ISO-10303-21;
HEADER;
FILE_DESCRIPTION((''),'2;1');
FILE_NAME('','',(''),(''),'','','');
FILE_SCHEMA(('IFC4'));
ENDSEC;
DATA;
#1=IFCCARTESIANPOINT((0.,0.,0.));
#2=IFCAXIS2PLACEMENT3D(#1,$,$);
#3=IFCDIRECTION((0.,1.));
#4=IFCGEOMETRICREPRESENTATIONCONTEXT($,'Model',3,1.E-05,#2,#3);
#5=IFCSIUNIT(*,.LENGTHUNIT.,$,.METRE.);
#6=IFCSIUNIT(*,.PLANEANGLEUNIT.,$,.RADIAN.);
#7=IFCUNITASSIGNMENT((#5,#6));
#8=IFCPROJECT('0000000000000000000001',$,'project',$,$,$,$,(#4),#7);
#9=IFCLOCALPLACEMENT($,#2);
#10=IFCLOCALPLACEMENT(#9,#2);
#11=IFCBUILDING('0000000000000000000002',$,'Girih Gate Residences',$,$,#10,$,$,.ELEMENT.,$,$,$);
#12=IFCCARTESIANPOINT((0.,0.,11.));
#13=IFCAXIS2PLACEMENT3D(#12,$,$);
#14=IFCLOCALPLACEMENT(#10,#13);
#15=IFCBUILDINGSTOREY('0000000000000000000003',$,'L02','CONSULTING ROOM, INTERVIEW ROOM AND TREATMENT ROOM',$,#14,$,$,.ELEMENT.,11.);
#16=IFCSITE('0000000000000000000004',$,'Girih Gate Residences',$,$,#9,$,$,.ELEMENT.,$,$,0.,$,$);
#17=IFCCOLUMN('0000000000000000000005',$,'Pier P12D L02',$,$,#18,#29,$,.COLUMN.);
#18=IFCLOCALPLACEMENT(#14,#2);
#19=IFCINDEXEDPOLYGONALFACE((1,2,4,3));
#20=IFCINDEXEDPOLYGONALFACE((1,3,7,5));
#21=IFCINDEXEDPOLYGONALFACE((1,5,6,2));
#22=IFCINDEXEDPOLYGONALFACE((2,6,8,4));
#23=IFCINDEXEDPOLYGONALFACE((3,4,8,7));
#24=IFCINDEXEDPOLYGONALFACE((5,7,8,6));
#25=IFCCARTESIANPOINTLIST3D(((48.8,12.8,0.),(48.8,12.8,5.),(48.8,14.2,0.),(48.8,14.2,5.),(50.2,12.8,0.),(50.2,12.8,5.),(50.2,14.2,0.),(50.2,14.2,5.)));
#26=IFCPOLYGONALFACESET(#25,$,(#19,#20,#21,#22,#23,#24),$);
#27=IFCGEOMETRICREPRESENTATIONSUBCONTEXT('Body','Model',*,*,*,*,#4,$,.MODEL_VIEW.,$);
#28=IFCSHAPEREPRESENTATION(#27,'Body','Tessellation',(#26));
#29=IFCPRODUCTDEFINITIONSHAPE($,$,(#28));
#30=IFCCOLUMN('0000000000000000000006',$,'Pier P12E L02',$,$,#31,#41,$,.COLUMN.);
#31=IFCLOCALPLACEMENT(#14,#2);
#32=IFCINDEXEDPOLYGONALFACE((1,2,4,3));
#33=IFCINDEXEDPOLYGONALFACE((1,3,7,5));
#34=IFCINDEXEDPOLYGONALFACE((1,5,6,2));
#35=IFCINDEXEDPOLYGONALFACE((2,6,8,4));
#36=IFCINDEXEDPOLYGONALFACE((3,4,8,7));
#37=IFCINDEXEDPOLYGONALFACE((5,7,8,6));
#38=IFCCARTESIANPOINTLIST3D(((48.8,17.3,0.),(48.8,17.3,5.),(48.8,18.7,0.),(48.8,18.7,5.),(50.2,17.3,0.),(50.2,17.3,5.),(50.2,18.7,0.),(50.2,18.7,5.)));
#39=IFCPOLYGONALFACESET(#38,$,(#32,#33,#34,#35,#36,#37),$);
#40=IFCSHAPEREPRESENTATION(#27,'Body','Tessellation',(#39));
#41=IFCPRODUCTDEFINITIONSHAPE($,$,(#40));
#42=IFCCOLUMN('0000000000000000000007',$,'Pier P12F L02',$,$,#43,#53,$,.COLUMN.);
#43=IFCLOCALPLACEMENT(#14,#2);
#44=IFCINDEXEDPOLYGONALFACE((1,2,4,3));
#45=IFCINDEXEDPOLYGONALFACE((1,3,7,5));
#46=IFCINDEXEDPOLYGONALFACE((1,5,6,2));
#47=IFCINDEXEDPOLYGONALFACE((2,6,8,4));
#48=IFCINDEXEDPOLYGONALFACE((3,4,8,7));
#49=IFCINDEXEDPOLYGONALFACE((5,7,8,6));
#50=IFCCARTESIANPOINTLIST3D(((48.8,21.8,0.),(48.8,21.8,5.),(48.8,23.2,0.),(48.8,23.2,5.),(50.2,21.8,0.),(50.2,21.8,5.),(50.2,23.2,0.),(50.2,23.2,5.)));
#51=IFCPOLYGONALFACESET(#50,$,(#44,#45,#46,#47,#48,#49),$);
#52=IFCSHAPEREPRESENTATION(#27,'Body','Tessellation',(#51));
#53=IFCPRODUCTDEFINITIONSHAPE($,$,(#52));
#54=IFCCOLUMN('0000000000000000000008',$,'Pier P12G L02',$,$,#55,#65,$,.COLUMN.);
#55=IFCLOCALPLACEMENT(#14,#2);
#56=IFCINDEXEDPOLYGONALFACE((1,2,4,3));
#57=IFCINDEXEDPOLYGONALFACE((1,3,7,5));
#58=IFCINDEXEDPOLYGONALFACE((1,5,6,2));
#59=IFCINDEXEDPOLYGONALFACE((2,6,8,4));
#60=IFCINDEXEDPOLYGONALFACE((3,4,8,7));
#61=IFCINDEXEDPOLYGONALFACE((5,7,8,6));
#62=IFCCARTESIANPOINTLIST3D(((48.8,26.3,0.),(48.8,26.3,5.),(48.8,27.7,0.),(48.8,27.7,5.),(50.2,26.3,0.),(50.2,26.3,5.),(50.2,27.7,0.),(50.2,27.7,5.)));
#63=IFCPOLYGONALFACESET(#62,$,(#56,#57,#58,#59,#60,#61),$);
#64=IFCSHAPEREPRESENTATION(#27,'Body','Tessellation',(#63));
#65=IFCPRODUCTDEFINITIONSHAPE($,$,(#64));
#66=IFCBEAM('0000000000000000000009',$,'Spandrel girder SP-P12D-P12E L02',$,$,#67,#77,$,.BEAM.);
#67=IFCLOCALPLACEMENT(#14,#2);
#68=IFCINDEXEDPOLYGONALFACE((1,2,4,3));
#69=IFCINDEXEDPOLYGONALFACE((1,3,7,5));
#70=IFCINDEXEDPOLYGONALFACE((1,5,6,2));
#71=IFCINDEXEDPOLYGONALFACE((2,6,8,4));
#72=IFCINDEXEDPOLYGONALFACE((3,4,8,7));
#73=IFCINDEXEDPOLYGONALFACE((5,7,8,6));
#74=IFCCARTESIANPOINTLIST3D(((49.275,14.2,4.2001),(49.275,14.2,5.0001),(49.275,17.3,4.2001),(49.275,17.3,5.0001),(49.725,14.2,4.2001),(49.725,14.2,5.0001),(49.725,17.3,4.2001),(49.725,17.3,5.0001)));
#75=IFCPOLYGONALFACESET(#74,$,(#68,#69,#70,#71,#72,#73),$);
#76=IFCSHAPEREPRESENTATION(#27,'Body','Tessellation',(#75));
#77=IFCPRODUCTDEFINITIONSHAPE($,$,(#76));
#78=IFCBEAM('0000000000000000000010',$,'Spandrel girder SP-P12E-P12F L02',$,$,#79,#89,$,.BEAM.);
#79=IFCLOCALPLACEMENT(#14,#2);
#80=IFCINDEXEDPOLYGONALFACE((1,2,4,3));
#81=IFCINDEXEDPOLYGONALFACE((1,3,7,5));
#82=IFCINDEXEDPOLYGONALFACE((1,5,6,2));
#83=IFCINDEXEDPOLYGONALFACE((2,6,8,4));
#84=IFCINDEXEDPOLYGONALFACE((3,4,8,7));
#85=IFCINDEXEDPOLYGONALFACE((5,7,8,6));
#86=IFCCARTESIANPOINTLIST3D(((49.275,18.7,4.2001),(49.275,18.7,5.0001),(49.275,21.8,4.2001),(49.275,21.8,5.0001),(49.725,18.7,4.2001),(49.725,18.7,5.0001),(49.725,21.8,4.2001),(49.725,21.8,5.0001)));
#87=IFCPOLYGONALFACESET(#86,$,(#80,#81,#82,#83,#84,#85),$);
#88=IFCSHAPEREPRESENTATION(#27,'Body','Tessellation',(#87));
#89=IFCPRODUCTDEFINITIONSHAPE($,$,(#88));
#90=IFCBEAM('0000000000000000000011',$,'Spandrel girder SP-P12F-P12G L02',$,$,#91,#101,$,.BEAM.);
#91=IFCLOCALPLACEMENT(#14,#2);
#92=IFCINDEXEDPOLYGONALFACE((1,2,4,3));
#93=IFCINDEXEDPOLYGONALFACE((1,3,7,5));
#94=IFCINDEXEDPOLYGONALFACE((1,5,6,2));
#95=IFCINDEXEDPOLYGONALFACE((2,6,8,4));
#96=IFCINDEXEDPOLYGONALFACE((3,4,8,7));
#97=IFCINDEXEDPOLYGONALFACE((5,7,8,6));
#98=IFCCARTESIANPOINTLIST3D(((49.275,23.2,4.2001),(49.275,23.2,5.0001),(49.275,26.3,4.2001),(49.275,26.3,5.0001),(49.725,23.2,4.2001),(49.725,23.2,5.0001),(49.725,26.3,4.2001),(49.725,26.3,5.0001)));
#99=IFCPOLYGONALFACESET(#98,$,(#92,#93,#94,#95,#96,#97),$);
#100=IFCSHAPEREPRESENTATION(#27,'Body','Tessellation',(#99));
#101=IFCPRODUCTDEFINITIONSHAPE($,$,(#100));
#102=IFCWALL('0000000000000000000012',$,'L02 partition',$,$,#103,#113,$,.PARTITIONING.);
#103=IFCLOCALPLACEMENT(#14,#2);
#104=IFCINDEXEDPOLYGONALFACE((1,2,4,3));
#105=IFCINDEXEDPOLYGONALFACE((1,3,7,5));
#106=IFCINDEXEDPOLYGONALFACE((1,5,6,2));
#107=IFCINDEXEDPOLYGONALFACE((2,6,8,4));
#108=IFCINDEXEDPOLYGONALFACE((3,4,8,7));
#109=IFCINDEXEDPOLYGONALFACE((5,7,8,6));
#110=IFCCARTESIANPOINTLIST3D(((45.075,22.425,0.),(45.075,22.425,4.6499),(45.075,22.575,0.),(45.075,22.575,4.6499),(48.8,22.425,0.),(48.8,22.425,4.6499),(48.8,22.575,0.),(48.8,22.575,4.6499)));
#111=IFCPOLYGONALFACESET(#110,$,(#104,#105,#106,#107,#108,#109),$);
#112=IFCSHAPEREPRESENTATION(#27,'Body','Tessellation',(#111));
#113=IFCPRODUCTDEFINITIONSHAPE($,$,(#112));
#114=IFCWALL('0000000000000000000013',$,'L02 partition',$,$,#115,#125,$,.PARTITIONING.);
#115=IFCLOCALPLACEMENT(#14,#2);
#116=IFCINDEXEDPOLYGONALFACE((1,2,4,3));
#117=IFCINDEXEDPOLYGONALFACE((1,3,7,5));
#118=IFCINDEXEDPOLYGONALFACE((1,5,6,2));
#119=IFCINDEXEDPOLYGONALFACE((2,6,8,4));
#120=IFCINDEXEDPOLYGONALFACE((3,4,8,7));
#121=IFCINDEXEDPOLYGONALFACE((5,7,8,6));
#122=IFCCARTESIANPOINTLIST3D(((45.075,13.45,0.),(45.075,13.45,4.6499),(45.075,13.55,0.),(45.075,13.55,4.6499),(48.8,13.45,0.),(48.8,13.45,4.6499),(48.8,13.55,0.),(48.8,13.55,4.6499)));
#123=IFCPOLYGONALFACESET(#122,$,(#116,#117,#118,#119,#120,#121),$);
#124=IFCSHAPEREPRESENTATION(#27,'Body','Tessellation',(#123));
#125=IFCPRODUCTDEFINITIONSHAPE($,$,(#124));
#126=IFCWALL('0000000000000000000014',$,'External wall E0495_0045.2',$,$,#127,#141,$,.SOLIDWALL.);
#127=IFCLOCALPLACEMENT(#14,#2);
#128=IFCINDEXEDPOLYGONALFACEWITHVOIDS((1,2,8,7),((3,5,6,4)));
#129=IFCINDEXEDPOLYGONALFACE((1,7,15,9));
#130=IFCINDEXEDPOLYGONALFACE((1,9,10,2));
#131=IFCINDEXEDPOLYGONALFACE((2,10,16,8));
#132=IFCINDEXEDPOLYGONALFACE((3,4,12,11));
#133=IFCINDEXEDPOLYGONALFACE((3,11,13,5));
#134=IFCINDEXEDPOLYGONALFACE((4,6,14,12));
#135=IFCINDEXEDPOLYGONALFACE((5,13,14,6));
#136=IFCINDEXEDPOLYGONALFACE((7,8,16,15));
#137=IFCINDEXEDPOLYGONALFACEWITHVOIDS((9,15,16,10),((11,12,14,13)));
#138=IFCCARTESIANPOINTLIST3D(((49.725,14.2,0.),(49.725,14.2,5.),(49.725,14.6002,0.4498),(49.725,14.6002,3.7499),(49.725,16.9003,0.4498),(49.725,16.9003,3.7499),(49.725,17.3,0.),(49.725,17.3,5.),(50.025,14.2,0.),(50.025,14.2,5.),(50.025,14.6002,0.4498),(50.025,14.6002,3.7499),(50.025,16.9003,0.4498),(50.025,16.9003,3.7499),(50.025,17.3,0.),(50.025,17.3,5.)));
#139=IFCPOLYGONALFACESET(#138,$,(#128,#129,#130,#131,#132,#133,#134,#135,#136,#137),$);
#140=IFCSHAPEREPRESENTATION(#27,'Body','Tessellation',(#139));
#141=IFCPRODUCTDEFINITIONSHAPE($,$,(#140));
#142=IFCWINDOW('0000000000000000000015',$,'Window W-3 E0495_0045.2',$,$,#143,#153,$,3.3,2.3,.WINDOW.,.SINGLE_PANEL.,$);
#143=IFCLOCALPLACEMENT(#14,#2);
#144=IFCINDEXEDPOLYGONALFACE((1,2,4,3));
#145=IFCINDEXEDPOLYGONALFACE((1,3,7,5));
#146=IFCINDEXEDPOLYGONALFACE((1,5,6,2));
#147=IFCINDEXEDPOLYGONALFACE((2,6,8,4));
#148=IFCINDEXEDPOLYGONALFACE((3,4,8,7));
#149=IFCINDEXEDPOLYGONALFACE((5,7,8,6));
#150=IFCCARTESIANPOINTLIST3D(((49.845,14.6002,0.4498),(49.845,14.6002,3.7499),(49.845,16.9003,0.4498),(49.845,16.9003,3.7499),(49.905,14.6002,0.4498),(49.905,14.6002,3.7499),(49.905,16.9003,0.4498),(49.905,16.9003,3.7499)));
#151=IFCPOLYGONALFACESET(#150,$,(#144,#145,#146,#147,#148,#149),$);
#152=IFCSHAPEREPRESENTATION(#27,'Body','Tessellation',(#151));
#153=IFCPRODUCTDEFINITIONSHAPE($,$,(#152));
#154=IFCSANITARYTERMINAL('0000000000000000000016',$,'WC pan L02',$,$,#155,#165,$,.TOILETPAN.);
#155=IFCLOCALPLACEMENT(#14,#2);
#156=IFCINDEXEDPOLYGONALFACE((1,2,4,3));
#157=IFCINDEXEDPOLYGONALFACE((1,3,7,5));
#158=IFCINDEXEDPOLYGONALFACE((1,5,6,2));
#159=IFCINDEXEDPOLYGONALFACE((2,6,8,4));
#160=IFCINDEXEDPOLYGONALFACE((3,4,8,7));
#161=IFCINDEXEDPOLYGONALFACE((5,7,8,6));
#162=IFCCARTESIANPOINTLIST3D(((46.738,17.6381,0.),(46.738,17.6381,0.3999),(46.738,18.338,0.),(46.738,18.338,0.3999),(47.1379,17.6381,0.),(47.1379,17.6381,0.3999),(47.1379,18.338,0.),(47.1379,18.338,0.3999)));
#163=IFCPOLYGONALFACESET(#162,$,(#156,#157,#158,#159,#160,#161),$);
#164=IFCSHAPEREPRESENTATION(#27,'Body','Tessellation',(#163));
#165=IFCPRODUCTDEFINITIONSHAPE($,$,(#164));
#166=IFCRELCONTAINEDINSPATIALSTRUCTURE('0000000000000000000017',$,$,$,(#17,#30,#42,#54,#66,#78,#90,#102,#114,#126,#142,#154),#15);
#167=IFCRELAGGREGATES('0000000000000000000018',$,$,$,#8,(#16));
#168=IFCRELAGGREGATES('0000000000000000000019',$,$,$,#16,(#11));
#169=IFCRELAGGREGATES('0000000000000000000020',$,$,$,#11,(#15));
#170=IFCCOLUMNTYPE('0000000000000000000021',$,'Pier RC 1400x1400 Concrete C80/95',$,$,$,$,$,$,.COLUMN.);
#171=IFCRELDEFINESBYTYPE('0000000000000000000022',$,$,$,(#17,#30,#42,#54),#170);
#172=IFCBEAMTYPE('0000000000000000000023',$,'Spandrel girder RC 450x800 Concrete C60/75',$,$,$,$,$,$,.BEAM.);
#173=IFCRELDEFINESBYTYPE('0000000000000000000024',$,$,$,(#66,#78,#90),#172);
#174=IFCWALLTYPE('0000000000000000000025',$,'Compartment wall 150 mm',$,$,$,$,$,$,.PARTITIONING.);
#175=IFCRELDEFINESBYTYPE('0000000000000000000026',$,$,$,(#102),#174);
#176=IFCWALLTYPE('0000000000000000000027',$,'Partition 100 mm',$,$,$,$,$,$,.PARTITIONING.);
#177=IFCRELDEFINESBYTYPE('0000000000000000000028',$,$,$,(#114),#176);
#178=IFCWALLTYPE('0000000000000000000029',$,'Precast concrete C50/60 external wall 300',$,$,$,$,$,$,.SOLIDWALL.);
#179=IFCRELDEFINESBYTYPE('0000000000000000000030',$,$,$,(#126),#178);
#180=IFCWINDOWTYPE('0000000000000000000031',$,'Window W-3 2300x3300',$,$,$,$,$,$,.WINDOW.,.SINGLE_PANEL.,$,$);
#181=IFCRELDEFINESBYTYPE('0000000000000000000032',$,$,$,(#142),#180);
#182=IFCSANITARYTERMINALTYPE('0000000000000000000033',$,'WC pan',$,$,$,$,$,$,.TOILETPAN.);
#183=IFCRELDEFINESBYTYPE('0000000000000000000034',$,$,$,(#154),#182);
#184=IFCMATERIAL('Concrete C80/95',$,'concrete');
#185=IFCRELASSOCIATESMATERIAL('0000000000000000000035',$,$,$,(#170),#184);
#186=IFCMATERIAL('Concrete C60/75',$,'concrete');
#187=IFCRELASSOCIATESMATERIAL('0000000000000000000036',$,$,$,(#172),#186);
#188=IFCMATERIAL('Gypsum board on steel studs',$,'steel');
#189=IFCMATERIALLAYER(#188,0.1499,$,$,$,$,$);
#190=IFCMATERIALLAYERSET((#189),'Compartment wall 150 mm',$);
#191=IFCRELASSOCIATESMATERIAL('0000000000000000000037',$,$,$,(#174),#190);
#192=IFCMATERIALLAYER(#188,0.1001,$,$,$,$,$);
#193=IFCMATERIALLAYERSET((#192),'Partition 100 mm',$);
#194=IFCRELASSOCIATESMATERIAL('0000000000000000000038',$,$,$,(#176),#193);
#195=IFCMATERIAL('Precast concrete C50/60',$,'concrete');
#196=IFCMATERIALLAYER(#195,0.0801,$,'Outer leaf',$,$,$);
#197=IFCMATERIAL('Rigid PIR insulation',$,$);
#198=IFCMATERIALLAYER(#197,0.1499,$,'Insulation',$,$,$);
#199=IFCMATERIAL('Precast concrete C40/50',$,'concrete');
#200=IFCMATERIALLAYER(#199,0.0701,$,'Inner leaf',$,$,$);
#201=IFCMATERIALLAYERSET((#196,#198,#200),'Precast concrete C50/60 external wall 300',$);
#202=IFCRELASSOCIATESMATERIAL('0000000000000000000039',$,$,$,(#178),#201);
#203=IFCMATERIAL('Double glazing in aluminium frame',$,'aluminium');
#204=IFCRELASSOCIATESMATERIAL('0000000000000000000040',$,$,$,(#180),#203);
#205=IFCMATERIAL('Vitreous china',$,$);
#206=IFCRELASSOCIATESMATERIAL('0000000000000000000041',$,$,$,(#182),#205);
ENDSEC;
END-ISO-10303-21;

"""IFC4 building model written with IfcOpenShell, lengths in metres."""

from ifc_helpers import new_model, si_unit, direction, frame, frame_2d, origin, origin_2d, place, context, subcontext, project, spatial, rectangle, extrude, material, layer, layer_set, material_profile, profile_set, type_object, element, fill, save


model = new_model("IFC4")

# Units and contexts
model_context = context("Model", 3, precision=1e-05, world=origin(), true_north=direction((0.0, 1.0)))
body_context = subcontext(model_context, "Body", "Model", "MODEL_VIEW")
ifc_project = project(units=[si_unit("LENGTHUNIT", "METRE"), si_unit("PLANEANGLEUNIT", "RADIAN")], contexts=[model_context])

# Site, building, storey
site_placement = place(None, origin())
site = spatial("IfcSite", under=ifc_project, at=site_placement, Name="Girih Gate Residences", CompositionType="ELEMENT", RefElevation=0.0)
building_placement = place(site_placement, origin())
building = spatial("IfcBuilding", under=site, at=building_placement, Name="Girih Gate Residences", CompositionType="ELEMENT")
storey_placement = place(building_placement, frame((0.0, 0.0, 11.0)))
storey = spatial("IfcBuildingStorey", under=building, at=storey_placement, Name="L02", Description="CONSULTING ROOM, INTERVIEW ROOM AND TREATMENT ROOM", CompositionType="ELEMENT", Elevation=11.0)

# Columns
ifc_material_1 = material(Name="Concrete C80/95", Category="concrete")
ifc_material_profile_1 = material_profile(ifc_material_1, rectangle(XDim=1.3999, YDim=1.3999, at=origin_2d()))
ifc_profile_set_1 = profile_set([ifc_material_profile_1], Name="Concrete C80/95")
column_type = type_object("IfcColumnType", Name="Pier RC 1400x1400 Concrete C80/95", PredefinedType="COLUMN", material=ifc_profile_set_1)
for number, where, z_axis, x_axis, name in (
    (1, (49.5, 13.5, 0.0), (0.0, 0.0, 1.0), (1.0, 0.0, 0.0), "Pier P12D L02"),
    (2, (49.5, 18.0, 0.0), (0.0, 0.0, 1.0), (1.0, 0.0, 0.0), "Pier P12E L02"),
    (3, (49.5, 22.5, 0.0), (0.0, 0.0, 1.0), (1.0, 0.0, 0.0), "Pier P12F L02"),
    (4, (49.5, 27.0, 0.0), (0.0, 0.0, 1.0), (1.0, 0.0, 0.0), "Pier P12G L02"),
):
    element("IfcColumn", number, at=place(storey_placement, frame(where, z_axis=z_axis, x_axis=x_axis)), inside=storey, type_object=column_type, Name=name, PredefinedType="COLUMN", context=body_context, shape_type="SweptSolid", body=[
        extrude(rectangle(XDim=1.3999, YDim=1.3999, at=origin_2d()), origin(), (0.0, 0.0, 1.0), 5.0),
    ])

# Beams
ifc_material_2 = material(Name="Concrete C60/75", Category="concrete")
ifc_material_profile_2 = material_profile(ifc_material_2, rectangle(XDim=0.45, YDim=0.8, at=origin_2d()))
ifc_profile_set_2 = profile_set([ifc_material_profile_2], Name="Concrete C60/75")
beam_type = type_object("IfcBeamType", Name="Spandrel girder RC 450x800 Concrete C60/75", PredefinedType="BEAM", material=ifc_profile_set_2)
for number, where, z_axis, x_axis, name in (
    (5, (49.5, 14.2, 4.6001), (0.0, 1.0, 0.0), (-1.0, 0.0, 0.0), "Spandrel girder SP-P12D-P12E L02"),
    (6, (49.5, 18.7, 4.6001), (0.0, 1.0, 0.0), (-1.0, 0.0, 0.0), "Spandrel girder SP-P12E-P12F L02"),
    (7, (49.5, 23.2, 4.6001), (0.0, 1.0, 0.0), (-1.0, 0.0, 0.0), "Spandrel girder SP-P12F-P12G L02"),
):
    element("IfcBeam", number, at=place(storey_placement, frame(where, z_axis=z_axis, x_axis=x_axis)), inside=storey, type_object=beam_type, Name=name, PredefinedType="BEAM", context=body_context, shape_type="SweptSolid", body=[
        extrude(rectangle(XDim=0.45, YDim=0.8, at=origin_2d()), origin(), (0.0, 0.0, 1.0), 3.1001),
    ])

# Walls
ifc_material_3 = material(Name="Gypsum board on steel studs", Category="steel")
ifc_layer_1 = layer(ifc_material_3, 0.1499)
ifc_layer_set_1 = layer_set([ifc_layer_1], Name="Compartment wall 150 mm")
wall_type_1 = type_object("IfcWallType", Name="Compartment wall 150 mm", PredefinedType="PARTITIONING", material=ifc_layer_set_1)
wall_1_placement = place(storey_placement, frame((45.075, 22.5, 0.0), z_axis=(0.0, 0.0, 1.0), x_axis=(1.0, 0.0, 0.0)))
element("IfcWall", 8, at=wall_1_placement, inside=storey, type_object=wall_type_1, Name="L02 partition", PredefinedType="PARTITIONING", context=body_context, shape_type="SweptSolid", body=[
    extrude(rectangle(XDim=3.7251, YDim=0.1499, at=frame_2d((1.8625, 0.0))), origin(), (0.0, 0.0, 1.0), 4.6499),
])
ifc_layer_2 = layer(ifc_material_3, 0.1001)
ifc_layer_set_2 = layer_set([ifc_layer_2], Name="Partition 100 mm")
wall_type_2 = type_object("IfcWallType", Name="Partition 100 mm", PredefinedType="PARTITIONING", material=ifc_layer_set_2)
wall_2_placement = place(storey_placement, frame((45.075, 13.5, 0.0), z_axis=(0.0, 0.0, 1.0), x_axis=(1.0, 0.0, 0.0)))
element("IfcWall", 9, at=wall_2_placement, inside=storey, type_object=wall_type_2, Name="L02 partition", PredefinedType="PARTITIONING", context=body_context, shape_type="SweptSolid", body=[
    extrude(rectangle(XDim=3.7251, YDim=0.1001, at=frame_2d((1.8625, 0.0))), origin(), (0.0, 0.0, 1.0), 4.6499),
])

# Wall, opening, window
ifc_material_4 = material(Name="Precast concrete C50/60", Category="concrete")
ifc_layer_3 = layer(ifc_material_4, 0.0801, Name="Outer leaf")
ifc_material_5 = material(Name="Rigid PIR insulation")
ifc_layer_4 = layer(ifc_material_5, 0.1499, Name="Insulation")
ifc_material_6 = material(Name="Precast concrete C40/50", Category="concrete")
ifc_layer_5 = layer(ifc_material_6, 0.0701, Name="Inner leaf")
ifc_layer_set_3 = layer_set([ifc_layer_3, ifc_layer_4, ifc_layer_5], Name="Precast concrete C50/60 external wall 300")
wall_type_3 = type_object("IfcWallType", Name="Precast concrete C50/60 external wall 300", PredefinedType="SOLIDWALL", material=ifc_layer_set_3)
wall_3_placement = place(storey_placement, frame((49.875, 17.3, 0.0), z_axis=(0.0, 0.0, 1.0), x_axis=(0.0, -1.0, 0.0)))
wall_3 = element("IfcWall", 10, at=wall_3_placement, inside=storey, type_object=wall_type_3, Name="External wall E0495_0045.2", PredefinedType="SOLIDWALL", context=body_context, shape_type="SweptSolid", body=[
    extrude(rectangle(XDim=3.1001, YDim=0.3, at=frame_2d((1.55, 0.0))), origin(), (0.0, 0.0, 1.0), 5.0),
])
opening_placement = place(wall_3_placement, frame((0.3999, 0.0, 0.45)))
opening = element("IfcOpeningElement", 11, at=opening_placement, cuts=wall_3, PredefinedType="OPENING", context=body_context, shape_type="SweptSolid", body=[
    extrude(rectangle(XDim=2.3, YDim=3.3, at=frame_2d((1.1499, 1.6499))), frame((0.0, 0.1599, 0.0), z_axis=(0.0, -1.0, 0.0), x_axis=(1.0, 0.0, 0.0)), (0.0, 0.0, 1.0), 0.3201),
])
ifc_material_7 = material(Name="Double glazing in aluminium frame", Category="aluminium")
window_type = type_object("IfcWindowType", Name="Window W-3 2300x3300", PartitioningType="SINGLE_PANEL", PredefinedType="WINDOW", material=ifc_material_7)
window_placement = place(opening_placement, origin())
window = element("IfcWindow", 12, at=window_placement, inside=storey, type_object=window_type, Name="Window W-3 E0495_0045.2", OverallHeight=3.3, OverallWidth=2.3, PartitioningType="SINGLE_PANEL", PredefinedType="WINDOW", context=body_context, shape_type="SweptSolid", body=[
    extrude(rectangle(XDim=2.3, YDim=3.3, at=frame_2d((1.1499, 1.6499))), frame((0.0, 0.03, 0.0), z_axis=(0.0, -1.0, 0.0), x_axis=(1.0, 0.0, 0.0)), (0.0, 0.0, 1.0), 0.0601),
])
fill(opening, window)

# Sanitary terminal
ifc_material_8 = material(Name="Vitreous china")
sanitary_terminal_type = type_object("IfcSanitaryTerminalType", Name="WC pan", PredefinedType="TOILETPAN", material=ifc_material_8)
sanitary_terminal_placement = place(storey_placement, frame((46.938, 17.988, 0.0), z_axis=(0.0, 0.0, 1.0), x_axis=(1.0, 0.0, 0.0)))
element("IfcSanitaryTerminal", 13, at=sanitary_terminal_placement, inside=storey, type_object=sanitary_terminal_type, Name="WC pan L02", PredefinedType="TOILETPAN", context=body_context, shape_type="SweptSolid", body=[
    extrude(rectangle(XDim=0.3999, YDim=0.7, at=origin_2d()), origin(), (0.0, 0.0, 1.0), 0.3999),
])

save(model, "model.ifc")
